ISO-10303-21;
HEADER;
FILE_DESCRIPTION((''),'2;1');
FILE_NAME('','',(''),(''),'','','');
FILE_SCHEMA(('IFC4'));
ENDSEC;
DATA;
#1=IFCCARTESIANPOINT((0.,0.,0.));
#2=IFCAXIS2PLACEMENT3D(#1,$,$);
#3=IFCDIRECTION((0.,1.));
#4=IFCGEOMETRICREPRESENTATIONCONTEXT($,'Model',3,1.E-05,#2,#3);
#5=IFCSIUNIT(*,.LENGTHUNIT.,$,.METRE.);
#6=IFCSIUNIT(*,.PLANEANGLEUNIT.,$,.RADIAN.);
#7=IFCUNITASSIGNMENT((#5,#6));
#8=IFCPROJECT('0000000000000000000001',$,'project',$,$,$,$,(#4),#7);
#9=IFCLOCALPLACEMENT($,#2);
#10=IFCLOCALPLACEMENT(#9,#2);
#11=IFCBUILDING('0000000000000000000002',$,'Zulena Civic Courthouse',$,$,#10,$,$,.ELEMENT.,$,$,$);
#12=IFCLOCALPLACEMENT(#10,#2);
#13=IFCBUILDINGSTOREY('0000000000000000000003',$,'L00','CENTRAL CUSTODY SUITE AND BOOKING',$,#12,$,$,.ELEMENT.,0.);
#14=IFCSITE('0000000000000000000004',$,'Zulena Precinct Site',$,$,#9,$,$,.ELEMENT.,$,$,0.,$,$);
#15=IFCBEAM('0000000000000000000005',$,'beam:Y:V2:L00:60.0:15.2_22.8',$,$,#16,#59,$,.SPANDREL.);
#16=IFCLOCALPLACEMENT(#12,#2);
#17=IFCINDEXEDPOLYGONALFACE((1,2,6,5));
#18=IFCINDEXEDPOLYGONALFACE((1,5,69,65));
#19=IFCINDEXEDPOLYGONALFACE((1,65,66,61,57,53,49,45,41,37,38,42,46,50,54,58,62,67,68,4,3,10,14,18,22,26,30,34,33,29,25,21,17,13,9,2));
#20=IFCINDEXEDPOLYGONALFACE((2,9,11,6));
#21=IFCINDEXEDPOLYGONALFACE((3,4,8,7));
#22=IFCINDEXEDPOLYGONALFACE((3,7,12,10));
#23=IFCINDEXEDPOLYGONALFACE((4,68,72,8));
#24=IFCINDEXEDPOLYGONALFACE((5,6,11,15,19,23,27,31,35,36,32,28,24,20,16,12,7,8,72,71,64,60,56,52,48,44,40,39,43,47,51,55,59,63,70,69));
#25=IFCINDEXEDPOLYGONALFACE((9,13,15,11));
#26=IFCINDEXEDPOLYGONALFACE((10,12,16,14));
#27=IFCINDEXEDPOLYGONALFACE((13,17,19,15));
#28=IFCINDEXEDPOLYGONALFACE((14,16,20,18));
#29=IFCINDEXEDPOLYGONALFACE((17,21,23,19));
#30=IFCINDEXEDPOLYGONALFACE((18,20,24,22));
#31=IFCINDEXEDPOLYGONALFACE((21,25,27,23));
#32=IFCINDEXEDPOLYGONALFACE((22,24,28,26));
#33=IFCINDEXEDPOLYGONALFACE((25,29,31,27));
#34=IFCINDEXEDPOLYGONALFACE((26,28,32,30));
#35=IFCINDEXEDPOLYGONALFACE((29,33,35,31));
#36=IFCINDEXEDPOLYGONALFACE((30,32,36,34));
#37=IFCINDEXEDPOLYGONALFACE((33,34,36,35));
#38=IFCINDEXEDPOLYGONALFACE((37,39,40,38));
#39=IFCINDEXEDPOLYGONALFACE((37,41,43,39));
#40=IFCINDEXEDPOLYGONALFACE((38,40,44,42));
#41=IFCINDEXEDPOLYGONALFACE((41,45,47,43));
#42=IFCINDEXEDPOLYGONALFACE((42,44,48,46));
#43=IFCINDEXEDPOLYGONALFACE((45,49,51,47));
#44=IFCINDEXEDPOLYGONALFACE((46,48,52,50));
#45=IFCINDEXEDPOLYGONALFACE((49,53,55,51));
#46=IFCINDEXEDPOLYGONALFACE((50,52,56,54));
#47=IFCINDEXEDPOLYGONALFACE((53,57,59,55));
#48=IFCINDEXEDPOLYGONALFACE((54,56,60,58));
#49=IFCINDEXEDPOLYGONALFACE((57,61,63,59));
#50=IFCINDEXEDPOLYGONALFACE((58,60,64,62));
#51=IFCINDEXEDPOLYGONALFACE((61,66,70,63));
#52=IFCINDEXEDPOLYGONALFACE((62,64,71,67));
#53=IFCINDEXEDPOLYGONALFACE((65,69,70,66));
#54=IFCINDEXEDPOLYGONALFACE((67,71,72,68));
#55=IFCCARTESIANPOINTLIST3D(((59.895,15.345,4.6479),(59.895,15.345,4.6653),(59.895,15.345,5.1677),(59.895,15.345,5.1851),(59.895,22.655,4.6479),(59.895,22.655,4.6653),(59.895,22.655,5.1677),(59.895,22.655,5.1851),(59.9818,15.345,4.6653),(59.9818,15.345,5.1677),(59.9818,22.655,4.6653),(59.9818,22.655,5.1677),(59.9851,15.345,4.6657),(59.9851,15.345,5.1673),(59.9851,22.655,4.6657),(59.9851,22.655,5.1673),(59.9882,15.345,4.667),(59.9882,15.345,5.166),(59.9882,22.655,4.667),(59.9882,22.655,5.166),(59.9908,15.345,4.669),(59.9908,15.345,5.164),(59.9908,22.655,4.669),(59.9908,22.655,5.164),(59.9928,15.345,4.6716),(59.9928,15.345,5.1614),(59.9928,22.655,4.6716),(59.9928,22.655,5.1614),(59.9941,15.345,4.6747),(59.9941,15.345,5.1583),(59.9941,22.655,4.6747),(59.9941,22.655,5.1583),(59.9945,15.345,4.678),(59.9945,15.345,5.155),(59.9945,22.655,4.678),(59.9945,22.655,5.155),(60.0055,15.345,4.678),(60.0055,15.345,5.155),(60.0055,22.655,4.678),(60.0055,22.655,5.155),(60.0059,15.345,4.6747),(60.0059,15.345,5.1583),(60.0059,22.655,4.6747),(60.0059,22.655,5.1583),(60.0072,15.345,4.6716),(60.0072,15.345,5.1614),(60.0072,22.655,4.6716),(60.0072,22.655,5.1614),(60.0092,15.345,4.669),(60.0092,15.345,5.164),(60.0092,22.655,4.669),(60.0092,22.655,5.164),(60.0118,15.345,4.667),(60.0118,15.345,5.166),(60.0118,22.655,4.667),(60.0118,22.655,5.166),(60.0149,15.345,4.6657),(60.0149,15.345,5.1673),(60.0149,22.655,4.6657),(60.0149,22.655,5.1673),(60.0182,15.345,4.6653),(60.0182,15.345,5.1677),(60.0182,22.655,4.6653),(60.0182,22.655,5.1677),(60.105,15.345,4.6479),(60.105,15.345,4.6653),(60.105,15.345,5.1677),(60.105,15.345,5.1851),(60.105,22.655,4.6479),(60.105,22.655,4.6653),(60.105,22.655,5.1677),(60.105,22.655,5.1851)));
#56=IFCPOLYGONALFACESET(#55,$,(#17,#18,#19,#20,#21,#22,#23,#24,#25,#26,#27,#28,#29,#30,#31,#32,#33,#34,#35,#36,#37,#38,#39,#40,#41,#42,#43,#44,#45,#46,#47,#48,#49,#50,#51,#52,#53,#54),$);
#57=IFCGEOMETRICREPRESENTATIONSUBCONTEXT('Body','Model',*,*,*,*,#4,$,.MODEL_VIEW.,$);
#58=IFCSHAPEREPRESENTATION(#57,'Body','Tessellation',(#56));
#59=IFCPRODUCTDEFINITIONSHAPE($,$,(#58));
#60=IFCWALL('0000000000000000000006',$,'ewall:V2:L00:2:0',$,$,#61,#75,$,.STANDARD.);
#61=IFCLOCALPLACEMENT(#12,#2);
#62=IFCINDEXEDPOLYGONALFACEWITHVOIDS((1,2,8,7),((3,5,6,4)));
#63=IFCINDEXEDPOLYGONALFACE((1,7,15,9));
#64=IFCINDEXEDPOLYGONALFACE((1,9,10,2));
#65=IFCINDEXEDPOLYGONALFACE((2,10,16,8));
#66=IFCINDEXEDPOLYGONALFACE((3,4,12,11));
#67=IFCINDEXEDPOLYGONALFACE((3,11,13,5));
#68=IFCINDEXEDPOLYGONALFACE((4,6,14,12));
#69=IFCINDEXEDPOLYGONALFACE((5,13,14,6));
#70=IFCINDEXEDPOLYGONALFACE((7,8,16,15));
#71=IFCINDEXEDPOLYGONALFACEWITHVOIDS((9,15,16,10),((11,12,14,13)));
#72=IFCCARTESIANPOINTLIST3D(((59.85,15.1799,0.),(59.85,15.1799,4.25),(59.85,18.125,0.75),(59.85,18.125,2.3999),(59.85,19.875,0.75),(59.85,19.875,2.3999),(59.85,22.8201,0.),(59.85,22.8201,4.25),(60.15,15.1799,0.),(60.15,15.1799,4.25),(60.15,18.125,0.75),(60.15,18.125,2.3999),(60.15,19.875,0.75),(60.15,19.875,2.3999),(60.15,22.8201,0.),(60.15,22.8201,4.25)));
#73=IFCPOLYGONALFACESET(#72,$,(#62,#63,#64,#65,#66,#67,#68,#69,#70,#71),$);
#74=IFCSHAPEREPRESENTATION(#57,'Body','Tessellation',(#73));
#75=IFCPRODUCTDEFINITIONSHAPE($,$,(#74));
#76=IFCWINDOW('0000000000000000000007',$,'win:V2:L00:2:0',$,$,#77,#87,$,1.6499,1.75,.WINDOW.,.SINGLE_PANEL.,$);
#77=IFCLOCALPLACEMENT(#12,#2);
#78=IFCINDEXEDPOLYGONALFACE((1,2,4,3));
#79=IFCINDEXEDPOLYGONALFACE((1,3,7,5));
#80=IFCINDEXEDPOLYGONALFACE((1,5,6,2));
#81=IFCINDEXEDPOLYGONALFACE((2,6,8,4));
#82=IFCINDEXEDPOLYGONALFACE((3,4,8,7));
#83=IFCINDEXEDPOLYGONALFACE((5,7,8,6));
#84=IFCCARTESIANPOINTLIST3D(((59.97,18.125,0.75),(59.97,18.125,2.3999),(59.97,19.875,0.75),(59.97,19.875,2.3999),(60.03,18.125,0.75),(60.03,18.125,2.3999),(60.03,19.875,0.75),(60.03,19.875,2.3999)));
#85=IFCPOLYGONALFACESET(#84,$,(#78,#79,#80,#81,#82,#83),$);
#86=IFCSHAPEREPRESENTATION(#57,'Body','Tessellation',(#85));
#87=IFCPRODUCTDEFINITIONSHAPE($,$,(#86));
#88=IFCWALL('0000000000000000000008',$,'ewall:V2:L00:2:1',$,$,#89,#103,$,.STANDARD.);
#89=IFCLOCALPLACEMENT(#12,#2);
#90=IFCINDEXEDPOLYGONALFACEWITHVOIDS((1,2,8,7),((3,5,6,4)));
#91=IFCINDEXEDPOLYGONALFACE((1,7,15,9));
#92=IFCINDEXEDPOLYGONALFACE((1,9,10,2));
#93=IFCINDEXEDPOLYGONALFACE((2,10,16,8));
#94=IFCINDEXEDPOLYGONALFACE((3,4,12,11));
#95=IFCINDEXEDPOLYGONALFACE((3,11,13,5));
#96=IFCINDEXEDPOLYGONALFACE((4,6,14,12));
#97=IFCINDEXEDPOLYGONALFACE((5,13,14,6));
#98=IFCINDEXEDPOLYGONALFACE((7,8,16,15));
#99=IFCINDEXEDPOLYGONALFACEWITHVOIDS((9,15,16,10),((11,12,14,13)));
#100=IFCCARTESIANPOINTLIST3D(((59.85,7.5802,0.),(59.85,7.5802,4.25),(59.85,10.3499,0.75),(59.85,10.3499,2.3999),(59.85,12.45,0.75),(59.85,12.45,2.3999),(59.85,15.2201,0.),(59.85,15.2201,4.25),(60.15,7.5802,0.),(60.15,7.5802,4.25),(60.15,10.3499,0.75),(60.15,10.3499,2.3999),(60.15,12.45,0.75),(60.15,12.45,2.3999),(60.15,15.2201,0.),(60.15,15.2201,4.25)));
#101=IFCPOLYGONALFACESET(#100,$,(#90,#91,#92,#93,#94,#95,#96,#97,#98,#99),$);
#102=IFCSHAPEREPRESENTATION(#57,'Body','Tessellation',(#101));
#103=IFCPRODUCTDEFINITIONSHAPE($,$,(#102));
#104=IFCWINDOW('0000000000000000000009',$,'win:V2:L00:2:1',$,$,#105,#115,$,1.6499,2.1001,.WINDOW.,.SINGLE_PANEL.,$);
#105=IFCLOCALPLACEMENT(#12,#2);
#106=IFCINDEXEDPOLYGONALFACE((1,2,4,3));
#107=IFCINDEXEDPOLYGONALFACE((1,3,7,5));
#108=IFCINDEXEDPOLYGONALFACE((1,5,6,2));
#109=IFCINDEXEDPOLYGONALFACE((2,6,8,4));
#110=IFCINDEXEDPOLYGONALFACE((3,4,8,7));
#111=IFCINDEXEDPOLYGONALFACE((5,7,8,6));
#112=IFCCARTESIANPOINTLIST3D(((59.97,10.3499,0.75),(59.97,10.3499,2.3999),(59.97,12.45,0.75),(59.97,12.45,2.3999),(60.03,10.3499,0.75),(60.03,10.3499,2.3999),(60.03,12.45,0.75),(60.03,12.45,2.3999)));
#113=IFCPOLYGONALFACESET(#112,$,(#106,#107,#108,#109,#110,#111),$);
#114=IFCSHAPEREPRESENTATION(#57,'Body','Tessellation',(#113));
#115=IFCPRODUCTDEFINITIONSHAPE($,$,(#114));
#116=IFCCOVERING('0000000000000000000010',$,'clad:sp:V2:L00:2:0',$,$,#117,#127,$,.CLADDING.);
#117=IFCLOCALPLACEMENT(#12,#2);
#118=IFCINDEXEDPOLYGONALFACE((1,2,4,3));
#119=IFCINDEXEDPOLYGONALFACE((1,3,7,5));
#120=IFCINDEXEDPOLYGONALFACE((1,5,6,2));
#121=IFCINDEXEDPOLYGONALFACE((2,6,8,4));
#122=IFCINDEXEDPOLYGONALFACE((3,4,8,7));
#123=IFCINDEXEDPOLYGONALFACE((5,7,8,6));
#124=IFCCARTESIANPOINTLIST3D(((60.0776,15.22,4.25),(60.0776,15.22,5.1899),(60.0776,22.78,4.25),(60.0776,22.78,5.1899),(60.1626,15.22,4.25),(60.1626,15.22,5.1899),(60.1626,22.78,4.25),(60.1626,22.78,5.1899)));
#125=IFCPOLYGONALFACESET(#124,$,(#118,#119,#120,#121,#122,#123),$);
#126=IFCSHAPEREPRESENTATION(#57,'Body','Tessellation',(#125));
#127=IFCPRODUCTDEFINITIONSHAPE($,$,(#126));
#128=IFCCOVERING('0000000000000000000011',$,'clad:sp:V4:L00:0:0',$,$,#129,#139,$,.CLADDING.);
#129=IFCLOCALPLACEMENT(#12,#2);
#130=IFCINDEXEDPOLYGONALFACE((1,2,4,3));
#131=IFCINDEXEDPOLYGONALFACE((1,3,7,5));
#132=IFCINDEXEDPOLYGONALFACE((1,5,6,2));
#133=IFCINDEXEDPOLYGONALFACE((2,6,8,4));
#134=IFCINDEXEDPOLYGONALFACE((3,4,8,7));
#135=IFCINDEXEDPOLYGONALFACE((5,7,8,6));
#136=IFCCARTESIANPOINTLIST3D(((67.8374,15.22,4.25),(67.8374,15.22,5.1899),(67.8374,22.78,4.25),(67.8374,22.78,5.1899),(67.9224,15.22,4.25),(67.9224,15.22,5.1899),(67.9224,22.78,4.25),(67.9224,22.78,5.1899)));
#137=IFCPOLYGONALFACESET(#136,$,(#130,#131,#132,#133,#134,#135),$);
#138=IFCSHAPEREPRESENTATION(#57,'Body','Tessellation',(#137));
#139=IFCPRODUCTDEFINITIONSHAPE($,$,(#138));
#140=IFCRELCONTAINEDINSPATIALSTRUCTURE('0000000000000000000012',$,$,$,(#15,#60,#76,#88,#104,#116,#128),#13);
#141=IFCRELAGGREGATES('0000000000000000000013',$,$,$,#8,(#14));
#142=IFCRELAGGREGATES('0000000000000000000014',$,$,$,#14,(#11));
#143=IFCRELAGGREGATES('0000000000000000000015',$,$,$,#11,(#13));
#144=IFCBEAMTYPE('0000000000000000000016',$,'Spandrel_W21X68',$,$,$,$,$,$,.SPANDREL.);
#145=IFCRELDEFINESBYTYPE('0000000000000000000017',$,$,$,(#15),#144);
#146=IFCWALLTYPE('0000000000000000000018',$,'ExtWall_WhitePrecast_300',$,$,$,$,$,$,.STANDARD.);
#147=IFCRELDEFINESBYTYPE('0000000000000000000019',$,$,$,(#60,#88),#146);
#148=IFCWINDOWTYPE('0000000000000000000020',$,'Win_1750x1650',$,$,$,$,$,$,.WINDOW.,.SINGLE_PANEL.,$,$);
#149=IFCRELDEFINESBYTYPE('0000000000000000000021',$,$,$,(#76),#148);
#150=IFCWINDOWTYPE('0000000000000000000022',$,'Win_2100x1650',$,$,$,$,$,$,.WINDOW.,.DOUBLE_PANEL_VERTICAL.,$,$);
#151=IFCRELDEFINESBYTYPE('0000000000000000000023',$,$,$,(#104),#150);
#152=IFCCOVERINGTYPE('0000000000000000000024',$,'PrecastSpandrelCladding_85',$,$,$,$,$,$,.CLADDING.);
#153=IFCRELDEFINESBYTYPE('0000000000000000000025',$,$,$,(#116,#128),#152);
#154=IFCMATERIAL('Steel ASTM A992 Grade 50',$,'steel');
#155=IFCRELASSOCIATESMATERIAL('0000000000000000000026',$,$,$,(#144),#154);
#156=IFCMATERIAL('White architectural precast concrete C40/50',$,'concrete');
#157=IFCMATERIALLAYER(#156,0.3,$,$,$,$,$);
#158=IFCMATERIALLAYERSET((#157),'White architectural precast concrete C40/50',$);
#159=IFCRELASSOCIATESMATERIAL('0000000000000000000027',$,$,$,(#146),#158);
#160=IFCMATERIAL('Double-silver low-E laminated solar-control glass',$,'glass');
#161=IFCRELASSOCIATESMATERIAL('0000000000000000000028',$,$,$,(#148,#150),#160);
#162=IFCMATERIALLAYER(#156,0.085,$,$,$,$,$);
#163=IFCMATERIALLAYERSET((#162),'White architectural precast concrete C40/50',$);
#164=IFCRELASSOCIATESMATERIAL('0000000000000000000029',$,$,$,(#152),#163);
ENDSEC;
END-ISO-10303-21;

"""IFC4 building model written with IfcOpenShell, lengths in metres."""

from ifc_helpers import new_model, si_unit, direction, frame, frame_2d, origin, origin_2d, place, context, subcontext, project, spatial, rectangle, i_section, extrude, material, layer, layer_set, material_profile, profile_set, type_object, element, fill, save


model = new_model("IFC4")

# Units and contexts
model_context = context("Model", 3, precision=1e-05, world=origin(), true_north=direction((0.0, 1.0)))
body_context = subcontext(model_context, "Body", "Model", "MODEL_VIEW")
ifc_project = project(units=[si_unit("LENGTHUNIT", "METRE"), si_unit("PLANEANGLEUNIT", "RADIAN")], contexts=[model_context])

# Site, building, storey
site_placement = place(None, origin())
site = spatial("IfcSite", under=ifc_project, at=site_placement, Name="Zulena Precinct Site", CompositionType="ELEMENT", RefElevation=0.0)
building_placement = place(site_placement, origin())
building = spatial("IfcBuilding", under=site, at=building_placement, Name="Zulena Civic Courthouse", CompositionType="ELEMENT")
storey_placement = place(building_placement, origin())
storey = spatial("IfcBuildingStorey", under=building, at=storey_placement, Name="L00", Description="CENTRAL CUSTODY SUITE AND BOOKING", CompositionType="ELEMENT", Elevation=0.0)

# Shared definitions
ifc_material_1 = material(Name="Steel ASTM A992 Grade 50", Category="steel")

# Beam
ifc_material_profile_1 = material_profile(ifc_material_1, i_section(OverallWidth=0.21, OverallDepth=0.5371, WebThickness=0.011, FlangeThickness=0.0173, FilletRadius=0.0127, at=origin_2d()), Name="W21X68")
ifc_profile_set_1 = profile_set([ifc_material_profile_1], Name="Steel ASTM A992 Grade 50")
beam_type_1 = type_object("IfcBeamType", Name="Spandrel_W21X68", PredefinedType="SPANDREL", material=ifc_profile_set_1)
beam_1_placement = place(storey_placement, frame((60.0, 15.345, 4.9165), z_axis=(0.0, 1.0, 0.0), x_axis=(-1.0, 0.0, 0.0)))
element("IfcBeam", 1, at=beam_1_placement, inside=storey, type_object=beam_type_1, Name="beam:Y:V2:L00:60.0:15.2_22.8", PredefinedType="SPANDREL", context=body_context, shape_type="SweptSolid", body=[
    extrude(i_section(OverallWidth=0.21, OverallDepth=0.5371, WebThickness=0.011, FlangeThickness=0.0173, FilletRadius=0.0127, at=origin_2d()), origin(), (0.0, 0.0, 1.0), 7.3101),
])

# Walls, openings, windows
ifc_material_2 = material(Name="White architectural precast concrete C40/50", Category="concrete")
ifc_layer_1 = layer(ifc_material_2, 0.3)
ifc_layer_set_1 = layer_set([ifc_layer_1], Name="White architectural precast concrete C40/50")
wall_type = type_object("IfcWallType", Name="ExtWall_WhitePrecast_300", PredefinedType="STANDARD", material=ifc_layer_set_1)
wall_1_placement = place(storey_placement, frame((60.0, 22.8201, 0.0), z_axis=(0.0, 0.0, 1.0), x_axis=(0.0, -1.0, 0.0)))
wall_1 = element("IfcWall", 2, at=wall_1_placement, inside=storey, type_object=wall_type, Name="ewall:V2:L00:2:0", PredefinedType="STANDARD", context=body_context, shape_type="SweptSolid", body=[
    extrude(rectangle(XDim=7.6401, YDim=0.3, at=frame_2d((3.8201, 0.0))), origin(), (0.0, 0.0, 1.0), 4.25),
])
opening_1_placement = place(wall_1_placement, frame((2.9451, 0.0, 0.75)))
opening_1 = element("IfcOpeningElement", 3, at=opening_1_placement, cuts=wall_1, PredefinedType="OPENING", context=body_context, shape_type="SweptSolid", body=[
    extrude(rectangle(XDim=1.75, YDim=1.6499, at=frame_2d((0.875, 0.825))), frame((0.0, 0.1599, 0.0), z_axis=(0.0, -1.0, 0.0), x_axis=(1.0, 0.0, 0.0)), (0.0, 0.0, 1.0), 0.3201),
])
ifc_material_3 = material(Name="Double-silver low-E laminated solar-control glass", Category="glass")
window_type_1 = type_object("IfcWindowType", Name="Win_1750x1650", PartitioningType="SINGLE_PANEL", PredefinedType="WINDOW", material=ifc_material_3)
window_1_placement = place(opening_1_placement, origin())
window_1 = element("IfcWindow", 4, at=window_1_placement, inside=storey, type_object=window_type_1, Name="win:V2:L00:2:0", OverallHeight=1.6499, OverallWidth=1.75, PartitioningType="SINGLE_PANEL", PredefinedType="WINDOW", context=body_context, shape_type="SweptSolid", body=[
    extrude(rectangle(XDim=1.75, YDim=1.6499, at=frame_2d((0.875, 0.825))), frame((0.0, 0.03, 0.0), z_axis=(0.0, -1.0, 0.0), x_axis=(1.0, 0.0, 0.0)), (0.0, 0.0, 1.0), 0.0601),
])
fill(opening_1, window_1)
wall_2_placement = place(storey_placement, frame((60.0, 15.22, 0.0), z_axis=(0.0, 0.0, 1.0), x_axis=(0.0, -1.0, 0.0)))
wall_2 = element("IfcWall", 5, at=wall_2_placement, inside=storey, type_object=wall_type, Name="ewall:V2:L00:2:1", PredefinedType="STANDARD", context=body_context, shape_type="SweptSolid", body=[
    extrude(rectangle(XDim=7.6399, YDim=0.3, at=frame_2d((3.8198, 0.0))), origin(), (0.0, 0.0, 1.0), 4.25),
])
opening_2_placement = place(wall_2_placement, frame((2.77, 0.0, 0.75)))
opening_2 = element("IfcOpeningElement", 6, at=opening_2_placement, cuts=wall_2, PredefinedType="OPENING", context=body_context, shape_type="SweptSolid", body=[
    extrude(rectangle(XDim=2.1001, YDim=1.6499, at=frame_2d((1.05, 0.825))), frame((0.0, 0.1599, 0.0), z_axis=(0.0, -1.0, 0.0), x_axis=(1.0, 0.0, 0.0)), (0.0, 0.0, 1.0), 0.3201),
])
window_type_2 = type_object("IfcWindowType", Name="Win_2100x1650", PartitioningType="DOUBLE_PANEL_VERTICAL", PredefinedType="WINDOW", material=ifc_material_3)
window_2_placement = place(opening_2_placement, origin())
window_2 = element("IfcWindow", 7, at=window_2_placement, inside=storey, type_object=window_type_2, Name="win:V2:L00:2:1", OverallHeight=1.6499, OverallWidth=2.1001, PartitioningType="SINGLE_PANEL", PredefinedType="WINDOW", context=body_context, shape_type="SweptSolid", body=[
    extrude(rectangle(XDim=2.1001, YDim=1.6499, at=frame_2d((1.05, 0.825))), frame((0.0, 0.03, 0.0), z_axis=(0.0, -1.0, 0.0), x_axis=(1.0, 0.0, 0.0)), (0.0, 0.0, 1.0), 0.0601),
])
fill(opening_2, window_2)

# Coverings
ifc_layer_2 = layer(ifc_material_2, 0.085)
ifc_layer_set_2 = layer_set([ifc_layer_2], Name="White architectural precast concrete C40/50")
covering_type = type_object("IfcCoveringType", Name="PrecastSpandrelCladding_85", PredefinedType="CLADDING", material=ifc_layer_set_2)
for number, where, z_axis, x_axis, name in (
    (8, (60.1201, 19.0, 4.25), (0.0, 0.0, 1.0), (0.0, -1.0, 0.0), "clad:sp:V2:L00:2:0"),
    (9, (67.8799, 19.0, 4.25), (0.0, 0.0, 1.0), (0.0, 1.0, 0.0), "clad:sp:V4:L00:0:0"),
):
    element("IfcCovering", number, at=place(storey_placement, frame(where, z_axis=z_axis, x_axis=x_axis)), inside=storey, type_object=covering_type, Name=name, PredefinedType="CLADDING", context=body_context, shape_type="SweptSolid", body=[
        extrude(rectangle(XDim=7.5601, YDim=0.085, at=origin_2d()), origin(), (0.0, 0.0, 1.0), 0.9399),
    ])

save(model, "model.ifc")
